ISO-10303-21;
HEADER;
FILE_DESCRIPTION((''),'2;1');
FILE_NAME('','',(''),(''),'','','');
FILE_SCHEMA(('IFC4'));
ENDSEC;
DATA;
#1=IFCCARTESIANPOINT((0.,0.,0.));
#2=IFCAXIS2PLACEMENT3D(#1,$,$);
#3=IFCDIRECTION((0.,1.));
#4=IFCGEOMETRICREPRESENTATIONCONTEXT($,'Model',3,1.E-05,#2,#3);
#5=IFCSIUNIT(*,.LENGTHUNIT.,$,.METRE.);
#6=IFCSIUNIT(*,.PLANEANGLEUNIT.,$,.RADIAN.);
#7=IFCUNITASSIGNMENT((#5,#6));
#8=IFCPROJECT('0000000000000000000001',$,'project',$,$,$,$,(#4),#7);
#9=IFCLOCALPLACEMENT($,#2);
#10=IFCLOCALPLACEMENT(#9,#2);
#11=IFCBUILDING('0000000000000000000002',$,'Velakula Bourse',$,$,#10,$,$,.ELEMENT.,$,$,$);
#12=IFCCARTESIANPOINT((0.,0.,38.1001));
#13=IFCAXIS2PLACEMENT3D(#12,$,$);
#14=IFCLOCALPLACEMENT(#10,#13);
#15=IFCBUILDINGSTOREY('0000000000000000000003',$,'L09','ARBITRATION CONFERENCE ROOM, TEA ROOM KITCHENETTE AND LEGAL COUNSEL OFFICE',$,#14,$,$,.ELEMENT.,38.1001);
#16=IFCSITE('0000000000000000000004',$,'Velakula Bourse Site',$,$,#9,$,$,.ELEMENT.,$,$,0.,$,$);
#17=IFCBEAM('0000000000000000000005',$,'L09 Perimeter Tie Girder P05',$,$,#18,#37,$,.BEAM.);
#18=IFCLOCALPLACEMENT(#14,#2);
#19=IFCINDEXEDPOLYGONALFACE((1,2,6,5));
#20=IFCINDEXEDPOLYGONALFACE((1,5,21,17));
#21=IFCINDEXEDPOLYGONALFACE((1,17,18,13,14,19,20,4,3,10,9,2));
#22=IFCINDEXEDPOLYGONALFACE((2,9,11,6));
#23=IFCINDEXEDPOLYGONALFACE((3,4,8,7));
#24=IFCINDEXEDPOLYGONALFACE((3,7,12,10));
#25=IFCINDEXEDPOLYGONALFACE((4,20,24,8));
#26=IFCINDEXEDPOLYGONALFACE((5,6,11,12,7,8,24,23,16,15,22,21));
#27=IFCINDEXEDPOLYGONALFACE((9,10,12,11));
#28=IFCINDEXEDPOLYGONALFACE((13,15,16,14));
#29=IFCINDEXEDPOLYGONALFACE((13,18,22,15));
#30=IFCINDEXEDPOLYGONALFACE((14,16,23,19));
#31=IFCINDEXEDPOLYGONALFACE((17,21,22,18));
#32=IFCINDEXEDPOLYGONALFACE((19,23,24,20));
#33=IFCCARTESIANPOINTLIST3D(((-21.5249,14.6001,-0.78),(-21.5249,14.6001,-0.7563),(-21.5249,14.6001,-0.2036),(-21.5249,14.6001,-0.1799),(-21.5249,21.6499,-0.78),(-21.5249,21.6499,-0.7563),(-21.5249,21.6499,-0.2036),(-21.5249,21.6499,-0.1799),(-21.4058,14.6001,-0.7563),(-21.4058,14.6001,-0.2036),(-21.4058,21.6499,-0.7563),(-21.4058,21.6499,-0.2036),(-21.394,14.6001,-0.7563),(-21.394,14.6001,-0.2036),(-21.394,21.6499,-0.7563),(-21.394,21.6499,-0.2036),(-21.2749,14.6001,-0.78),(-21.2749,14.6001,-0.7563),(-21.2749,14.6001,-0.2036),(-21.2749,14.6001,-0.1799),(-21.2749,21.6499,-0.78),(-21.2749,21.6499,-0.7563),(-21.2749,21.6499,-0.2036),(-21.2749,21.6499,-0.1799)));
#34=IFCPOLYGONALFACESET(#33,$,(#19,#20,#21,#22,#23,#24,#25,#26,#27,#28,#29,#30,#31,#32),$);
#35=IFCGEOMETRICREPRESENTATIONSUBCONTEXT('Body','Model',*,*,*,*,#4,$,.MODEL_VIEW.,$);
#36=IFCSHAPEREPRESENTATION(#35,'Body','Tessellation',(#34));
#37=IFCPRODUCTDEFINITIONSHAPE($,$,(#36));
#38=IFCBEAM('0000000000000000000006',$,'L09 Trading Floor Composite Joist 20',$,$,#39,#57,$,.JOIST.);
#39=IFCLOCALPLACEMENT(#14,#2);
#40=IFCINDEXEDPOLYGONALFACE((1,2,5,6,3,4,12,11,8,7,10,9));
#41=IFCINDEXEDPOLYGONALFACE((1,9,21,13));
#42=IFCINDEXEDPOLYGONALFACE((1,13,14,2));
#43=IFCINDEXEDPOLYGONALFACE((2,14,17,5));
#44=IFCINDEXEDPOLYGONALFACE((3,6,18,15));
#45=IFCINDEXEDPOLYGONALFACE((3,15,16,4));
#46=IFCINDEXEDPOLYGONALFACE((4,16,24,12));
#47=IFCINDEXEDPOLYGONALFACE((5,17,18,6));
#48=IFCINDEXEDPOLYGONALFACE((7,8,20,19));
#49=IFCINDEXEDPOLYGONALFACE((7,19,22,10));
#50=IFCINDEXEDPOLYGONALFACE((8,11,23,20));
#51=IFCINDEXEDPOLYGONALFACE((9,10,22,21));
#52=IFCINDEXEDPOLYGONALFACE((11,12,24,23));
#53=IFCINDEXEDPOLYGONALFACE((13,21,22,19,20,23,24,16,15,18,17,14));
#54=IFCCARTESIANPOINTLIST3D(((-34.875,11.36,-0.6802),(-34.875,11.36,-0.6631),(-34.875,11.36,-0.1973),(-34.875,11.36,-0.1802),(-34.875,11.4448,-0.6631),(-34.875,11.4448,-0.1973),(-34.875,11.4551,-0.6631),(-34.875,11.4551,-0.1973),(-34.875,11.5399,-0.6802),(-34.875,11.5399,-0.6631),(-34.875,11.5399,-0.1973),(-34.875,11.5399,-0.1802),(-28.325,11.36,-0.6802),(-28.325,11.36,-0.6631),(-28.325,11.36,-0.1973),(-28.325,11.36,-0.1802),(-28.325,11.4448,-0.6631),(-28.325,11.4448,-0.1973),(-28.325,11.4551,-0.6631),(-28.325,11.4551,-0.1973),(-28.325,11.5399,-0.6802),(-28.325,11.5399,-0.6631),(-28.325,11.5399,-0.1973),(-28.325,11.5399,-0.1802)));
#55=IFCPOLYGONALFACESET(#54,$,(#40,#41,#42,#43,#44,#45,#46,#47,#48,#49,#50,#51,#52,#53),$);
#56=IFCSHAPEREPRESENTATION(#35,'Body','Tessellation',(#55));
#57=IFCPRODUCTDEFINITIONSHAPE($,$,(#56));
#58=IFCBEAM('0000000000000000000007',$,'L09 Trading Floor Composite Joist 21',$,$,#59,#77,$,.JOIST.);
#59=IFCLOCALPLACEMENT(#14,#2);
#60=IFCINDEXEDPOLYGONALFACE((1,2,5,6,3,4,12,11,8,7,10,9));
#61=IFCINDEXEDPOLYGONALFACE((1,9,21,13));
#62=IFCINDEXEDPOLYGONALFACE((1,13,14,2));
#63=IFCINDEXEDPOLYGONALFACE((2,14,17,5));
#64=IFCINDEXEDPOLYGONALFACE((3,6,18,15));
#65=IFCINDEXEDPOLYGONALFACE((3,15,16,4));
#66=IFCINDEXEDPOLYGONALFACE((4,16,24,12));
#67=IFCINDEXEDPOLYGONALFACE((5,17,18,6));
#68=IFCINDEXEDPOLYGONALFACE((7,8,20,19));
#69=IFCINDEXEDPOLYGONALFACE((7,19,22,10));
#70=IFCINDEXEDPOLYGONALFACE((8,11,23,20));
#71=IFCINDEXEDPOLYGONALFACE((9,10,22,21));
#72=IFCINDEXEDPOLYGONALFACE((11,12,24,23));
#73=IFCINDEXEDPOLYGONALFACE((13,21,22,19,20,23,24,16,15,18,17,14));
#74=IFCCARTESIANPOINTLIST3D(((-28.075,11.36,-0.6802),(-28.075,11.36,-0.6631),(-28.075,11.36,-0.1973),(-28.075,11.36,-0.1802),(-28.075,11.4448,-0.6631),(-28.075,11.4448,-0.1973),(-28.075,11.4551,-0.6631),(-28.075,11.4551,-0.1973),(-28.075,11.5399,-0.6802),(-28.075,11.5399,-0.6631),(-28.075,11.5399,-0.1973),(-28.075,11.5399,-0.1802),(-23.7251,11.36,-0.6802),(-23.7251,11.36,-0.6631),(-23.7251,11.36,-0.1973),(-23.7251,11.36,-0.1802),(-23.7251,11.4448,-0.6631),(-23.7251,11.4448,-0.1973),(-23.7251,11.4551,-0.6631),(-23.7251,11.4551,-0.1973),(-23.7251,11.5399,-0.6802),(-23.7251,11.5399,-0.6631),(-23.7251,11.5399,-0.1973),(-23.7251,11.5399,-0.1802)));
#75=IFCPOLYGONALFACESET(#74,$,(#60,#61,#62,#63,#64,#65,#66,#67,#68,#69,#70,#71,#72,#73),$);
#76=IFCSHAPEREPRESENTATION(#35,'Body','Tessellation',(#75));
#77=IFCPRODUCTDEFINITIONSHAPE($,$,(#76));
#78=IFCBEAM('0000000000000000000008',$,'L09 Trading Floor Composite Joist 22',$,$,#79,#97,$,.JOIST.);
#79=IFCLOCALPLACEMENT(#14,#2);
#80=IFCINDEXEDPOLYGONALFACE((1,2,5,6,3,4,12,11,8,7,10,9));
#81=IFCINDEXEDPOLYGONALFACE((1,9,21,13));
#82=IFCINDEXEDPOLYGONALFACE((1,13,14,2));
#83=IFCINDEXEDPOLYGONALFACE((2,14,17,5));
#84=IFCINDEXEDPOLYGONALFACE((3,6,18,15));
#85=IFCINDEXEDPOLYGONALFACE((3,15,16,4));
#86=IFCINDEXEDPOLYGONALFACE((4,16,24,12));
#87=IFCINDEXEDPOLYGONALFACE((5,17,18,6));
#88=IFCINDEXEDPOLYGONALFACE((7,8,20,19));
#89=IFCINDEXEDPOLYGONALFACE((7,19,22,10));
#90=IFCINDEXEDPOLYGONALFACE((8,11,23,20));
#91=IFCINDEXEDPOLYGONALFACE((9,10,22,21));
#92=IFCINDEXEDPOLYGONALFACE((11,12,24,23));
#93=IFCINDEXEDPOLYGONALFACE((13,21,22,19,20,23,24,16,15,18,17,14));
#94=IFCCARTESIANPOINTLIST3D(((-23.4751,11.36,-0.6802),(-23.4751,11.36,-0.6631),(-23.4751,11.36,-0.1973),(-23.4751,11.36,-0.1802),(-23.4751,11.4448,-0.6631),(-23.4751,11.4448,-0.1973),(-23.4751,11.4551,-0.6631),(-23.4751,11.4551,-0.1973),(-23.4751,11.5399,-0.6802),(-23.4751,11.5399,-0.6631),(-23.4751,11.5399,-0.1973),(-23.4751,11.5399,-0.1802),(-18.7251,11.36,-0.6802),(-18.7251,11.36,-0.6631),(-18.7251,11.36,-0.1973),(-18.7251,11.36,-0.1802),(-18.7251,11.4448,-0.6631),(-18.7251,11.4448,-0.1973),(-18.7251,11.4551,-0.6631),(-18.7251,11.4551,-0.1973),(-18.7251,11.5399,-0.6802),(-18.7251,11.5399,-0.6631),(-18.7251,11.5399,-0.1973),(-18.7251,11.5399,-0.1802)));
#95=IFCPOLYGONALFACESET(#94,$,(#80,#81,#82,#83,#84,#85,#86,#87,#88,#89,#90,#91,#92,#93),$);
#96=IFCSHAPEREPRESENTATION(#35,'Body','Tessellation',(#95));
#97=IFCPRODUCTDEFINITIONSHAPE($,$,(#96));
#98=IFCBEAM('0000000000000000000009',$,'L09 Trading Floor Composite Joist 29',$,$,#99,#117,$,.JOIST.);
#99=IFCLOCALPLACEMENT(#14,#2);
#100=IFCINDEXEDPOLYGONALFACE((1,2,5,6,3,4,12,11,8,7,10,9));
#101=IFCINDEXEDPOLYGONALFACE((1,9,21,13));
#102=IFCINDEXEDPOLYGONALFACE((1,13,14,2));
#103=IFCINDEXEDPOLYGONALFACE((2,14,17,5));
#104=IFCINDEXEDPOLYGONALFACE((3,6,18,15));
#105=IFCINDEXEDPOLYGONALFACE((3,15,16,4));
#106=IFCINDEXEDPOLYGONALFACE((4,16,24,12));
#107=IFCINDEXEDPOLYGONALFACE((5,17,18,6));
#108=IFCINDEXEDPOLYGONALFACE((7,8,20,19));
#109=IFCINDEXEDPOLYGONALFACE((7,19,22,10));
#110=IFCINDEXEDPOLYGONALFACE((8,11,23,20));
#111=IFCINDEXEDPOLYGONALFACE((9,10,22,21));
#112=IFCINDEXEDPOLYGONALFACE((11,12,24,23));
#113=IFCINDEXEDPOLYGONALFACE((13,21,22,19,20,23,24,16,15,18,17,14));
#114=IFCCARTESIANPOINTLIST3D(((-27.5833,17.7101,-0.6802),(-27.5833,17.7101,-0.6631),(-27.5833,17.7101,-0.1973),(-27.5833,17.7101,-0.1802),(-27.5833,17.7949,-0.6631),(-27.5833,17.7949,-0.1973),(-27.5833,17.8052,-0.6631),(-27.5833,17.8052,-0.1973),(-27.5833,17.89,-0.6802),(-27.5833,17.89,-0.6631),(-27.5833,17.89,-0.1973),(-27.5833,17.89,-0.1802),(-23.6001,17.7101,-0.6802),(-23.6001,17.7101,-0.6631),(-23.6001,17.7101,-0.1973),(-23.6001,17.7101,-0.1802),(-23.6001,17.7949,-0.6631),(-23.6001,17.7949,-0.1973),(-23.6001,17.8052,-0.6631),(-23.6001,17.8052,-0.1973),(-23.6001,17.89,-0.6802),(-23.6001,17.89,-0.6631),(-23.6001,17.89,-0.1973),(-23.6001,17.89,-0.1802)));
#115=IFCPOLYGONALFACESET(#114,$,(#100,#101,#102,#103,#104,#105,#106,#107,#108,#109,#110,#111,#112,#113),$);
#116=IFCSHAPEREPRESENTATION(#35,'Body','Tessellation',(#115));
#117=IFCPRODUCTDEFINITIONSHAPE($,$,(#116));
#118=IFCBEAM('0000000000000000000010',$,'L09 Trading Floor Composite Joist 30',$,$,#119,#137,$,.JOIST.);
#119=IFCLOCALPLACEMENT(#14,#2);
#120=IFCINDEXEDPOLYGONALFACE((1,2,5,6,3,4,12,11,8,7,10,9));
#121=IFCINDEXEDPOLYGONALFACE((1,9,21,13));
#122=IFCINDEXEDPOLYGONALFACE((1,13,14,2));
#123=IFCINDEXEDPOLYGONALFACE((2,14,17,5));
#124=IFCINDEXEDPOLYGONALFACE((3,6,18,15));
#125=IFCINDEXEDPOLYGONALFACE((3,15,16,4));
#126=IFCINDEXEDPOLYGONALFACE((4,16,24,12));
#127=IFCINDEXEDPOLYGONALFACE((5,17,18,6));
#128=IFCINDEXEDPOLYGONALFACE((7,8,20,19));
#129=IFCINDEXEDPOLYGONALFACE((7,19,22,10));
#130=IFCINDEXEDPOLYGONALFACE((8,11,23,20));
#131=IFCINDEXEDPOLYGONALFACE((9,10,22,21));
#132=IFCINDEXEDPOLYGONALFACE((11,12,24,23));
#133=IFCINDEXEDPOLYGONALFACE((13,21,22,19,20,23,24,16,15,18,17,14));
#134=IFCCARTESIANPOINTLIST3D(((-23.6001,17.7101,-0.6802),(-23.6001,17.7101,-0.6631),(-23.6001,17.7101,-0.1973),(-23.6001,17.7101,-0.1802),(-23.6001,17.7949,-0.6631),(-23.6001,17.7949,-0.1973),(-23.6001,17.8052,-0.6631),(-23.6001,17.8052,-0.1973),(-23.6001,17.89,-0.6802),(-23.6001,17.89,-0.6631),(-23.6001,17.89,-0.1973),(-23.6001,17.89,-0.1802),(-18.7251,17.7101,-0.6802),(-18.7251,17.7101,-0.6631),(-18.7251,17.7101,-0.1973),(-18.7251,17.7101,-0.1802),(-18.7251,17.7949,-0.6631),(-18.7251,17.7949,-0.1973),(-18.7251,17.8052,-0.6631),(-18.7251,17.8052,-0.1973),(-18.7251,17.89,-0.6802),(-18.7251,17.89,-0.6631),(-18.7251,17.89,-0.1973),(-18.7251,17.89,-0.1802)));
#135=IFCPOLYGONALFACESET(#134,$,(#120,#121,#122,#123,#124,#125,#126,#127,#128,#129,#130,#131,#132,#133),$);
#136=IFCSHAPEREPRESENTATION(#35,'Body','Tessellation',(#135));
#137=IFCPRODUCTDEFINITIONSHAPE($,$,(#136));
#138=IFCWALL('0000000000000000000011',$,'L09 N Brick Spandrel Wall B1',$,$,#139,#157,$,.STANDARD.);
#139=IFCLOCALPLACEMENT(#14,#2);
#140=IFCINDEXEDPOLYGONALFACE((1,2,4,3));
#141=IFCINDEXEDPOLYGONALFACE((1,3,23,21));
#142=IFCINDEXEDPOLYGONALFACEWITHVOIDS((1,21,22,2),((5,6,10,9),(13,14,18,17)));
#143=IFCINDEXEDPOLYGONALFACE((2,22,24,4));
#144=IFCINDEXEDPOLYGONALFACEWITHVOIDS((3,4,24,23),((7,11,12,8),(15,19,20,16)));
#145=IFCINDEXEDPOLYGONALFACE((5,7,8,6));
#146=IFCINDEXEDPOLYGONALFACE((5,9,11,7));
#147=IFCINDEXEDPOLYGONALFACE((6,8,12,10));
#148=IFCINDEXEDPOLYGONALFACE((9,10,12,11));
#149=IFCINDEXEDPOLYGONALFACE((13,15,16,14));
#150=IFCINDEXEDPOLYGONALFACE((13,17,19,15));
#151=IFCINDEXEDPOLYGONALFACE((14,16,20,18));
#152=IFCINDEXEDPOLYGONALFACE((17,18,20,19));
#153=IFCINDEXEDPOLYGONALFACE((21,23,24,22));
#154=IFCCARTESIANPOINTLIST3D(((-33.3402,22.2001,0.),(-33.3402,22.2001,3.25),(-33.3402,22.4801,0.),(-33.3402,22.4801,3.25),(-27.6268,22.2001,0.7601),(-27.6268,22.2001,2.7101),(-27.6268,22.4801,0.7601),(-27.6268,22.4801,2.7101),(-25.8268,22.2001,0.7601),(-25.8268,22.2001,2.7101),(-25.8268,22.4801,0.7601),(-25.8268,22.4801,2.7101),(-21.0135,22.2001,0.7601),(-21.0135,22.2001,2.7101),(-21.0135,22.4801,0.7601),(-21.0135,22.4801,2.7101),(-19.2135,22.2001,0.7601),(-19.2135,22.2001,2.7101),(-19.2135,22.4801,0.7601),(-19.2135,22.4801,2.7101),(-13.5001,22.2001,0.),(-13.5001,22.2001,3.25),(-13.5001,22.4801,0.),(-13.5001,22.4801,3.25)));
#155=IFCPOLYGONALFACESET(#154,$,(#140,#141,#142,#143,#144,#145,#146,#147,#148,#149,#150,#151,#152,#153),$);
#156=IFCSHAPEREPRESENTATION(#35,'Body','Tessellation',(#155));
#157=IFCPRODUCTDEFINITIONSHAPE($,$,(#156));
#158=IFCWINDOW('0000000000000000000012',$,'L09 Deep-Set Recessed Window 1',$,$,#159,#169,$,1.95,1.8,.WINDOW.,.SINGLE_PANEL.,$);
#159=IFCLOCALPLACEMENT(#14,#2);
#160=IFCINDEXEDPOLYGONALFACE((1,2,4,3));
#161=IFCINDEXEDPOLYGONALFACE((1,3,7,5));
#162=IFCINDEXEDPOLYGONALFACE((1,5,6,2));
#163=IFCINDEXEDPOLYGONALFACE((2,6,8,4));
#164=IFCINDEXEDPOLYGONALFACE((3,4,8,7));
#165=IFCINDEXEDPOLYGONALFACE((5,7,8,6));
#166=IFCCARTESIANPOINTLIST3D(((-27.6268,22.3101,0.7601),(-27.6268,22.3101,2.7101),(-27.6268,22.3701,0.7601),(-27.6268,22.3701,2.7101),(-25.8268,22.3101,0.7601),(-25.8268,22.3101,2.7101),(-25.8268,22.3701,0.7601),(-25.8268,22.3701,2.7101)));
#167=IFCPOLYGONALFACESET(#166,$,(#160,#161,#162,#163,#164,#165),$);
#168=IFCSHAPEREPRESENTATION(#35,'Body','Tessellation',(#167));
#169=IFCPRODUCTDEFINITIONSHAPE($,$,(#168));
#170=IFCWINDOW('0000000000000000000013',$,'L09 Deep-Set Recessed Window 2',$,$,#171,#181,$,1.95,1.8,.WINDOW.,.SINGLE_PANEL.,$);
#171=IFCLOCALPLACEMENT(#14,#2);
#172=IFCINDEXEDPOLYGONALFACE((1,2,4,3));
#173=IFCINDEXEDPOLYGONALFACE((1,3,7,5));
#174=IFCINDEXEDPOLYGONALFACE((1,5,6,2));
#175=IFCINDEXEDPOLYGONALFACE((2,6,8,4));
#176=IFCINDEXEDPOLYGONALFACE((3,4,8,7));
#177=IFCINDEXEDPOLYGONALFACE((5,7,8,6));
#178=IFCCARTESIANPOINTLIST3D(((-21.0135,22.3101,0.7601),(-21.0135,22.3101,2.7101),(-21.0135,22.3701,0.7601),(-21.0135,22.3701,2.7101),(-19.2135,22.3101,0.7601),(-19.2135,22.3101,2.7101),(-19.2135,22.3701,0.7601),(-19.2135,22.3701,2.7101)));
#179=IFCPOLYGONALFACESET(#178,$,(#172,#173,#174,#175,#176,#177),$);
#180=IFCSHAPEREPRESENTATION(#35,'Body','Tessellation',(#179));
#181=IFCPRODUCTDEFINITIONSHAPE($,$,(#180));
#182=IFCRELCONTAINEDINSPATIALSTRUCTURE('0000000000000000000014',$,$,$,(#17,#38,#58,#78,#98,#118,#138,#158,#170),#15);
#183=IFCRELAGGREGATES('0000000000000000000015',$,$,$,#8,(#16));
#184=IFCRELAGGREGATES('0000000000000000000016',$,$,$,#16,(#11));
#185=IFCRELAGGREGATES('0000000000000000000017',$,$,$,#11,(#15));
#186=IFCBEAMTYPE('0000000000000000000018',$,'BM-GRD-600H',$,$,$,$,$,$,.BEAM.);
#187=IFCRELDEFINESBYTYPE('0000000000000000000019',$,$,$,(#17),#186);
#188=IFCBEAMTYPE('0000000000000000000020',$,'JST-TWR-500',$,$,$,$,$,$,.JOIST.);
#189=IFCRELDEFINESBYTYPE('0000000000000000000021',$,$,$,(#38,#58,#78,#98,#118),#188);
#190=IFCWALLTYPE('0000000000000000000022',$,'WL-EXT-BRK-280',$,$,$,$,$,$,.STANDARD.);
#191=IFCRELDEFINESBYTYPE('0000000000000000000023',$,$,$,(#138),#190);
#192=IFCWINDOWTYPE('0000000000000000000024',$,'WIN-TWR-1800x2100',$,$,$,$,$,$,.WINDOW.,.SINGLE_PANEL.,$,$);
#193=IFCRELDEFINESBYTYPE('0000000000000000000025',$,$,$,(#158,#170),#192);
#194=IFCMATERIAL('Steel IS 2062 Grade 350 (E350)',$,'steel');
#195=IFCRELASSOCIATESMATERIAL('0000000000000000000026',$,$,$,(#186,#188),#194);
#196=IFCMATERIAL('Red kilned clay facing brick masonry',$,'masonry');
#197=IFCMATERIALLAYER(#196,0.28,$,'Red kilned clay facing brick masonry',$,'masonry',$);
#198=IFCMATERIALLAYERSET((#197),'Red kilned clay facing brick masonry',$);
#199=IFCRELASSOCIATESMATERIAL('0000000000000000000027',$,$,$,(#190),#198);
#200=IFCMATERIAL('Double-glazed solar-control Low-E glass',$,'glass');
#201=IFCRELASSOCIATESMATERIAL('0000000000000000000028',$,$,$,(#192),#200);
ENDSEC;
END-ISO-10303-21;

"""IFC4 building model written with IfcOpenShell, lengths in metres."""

from ifc_helpers import new_model, si_unit, direction, frame, frame_2d, origin, origin_2d, place, context, subcontext, project, spatial, rectangle, i_section, extrude, material, layer, layer_set, material_profile, profile_set, type_object, element, fill, save


model = new_model("IFC4")

# Units and contexts
model_context = context("Model", 3, precision=1e-05, world=origin(), true_north=direction((0.0, 1.0)))
body_context = subcontext(model_context, "Body", "Model", "MODEL_VIEW")
ifc_project = project(units=[si_unit("LENGTHUNIT", "METRE"), si_unit("PLANEANGLEUNIT", "RADIAN")], contexts=[model_context])

# Site, building, storey
site_placement = place(None, origin())
site = spatial("IfcSite", under=ifc_project, at=site_placement, Name="Velakula Bourse Site", CompositionType="ELEMENT", RefElevation=0.0)
building_placement = place(site_placement, origin())
building = spatial("IfcBuilding", under=site, at=building_placement, Name="Velakula Bourse", CompositionType="ELEMENT")
storey_placement = place(building_placement, frame((0.0, 0.0, 38.1001)))
storey = spatial("IfcBuildingStorey", under=building, at=storey_placement, Name="L09", Description="ARBITRATION CONFERENCE ROOM, TEA ROOM KITCHENETTE AND LEGAL COUNSEL OFFICE", CompositionType="ELEMENT", Elevation=38.1001)

# Beams
ifc_material_1 = material(Name="Steel IS 2062 Grade 350 (E350)", Category="steel")
ifc_material_profile_1 = material_profile(ifc_material_1, i_section(OverallWidth=0.25, OverallDepth=0.6001, WebThickness=0.0117, FlangeThickness=0.0237, at=origin_2d()), Name="Steel IS 2062 Grade 350 (E350)")
ifc_profile_set_1 = profile_set([ifc_material_profile_1], Name="Steel IS 2062 Grade 350 (E350)")
beam_type_1 = type_object("IfcBeamType", Name="BM-GRD-600H", PredefinedType="BEAM", material=ifc_profile_set_1)
beam_1_placement = place(storey_placement, frame((-21.3999, 14.6001, -0.48), z_axis=(0.0, 1.0, 0.0), x_axis=(-1.0, 0.0, 0.0)))
element("IfcBeam", 1, at=beam_1_placement, inside=storey, type_object=beam_type_1, Name="L09 Perimeter Tie Girder P05", PredefinedType="BEAM", context=body_context, shape_type="SweptSolid", body=[
    extrude(i_section(OverallWidth=0.25, OverallDepth=0.6001, WebThickness=0.0117, FlangeThickness=0.0237, at=origin_2d()), origin(), (0.0, 0.0, 1.0), 7.0498),
])
ifc_material_profile_2 = material_profile(ifc_material_1, i_section(OverallWidth=0.1799, OverallDepth=0.5, WebThickness=0.0103, FlangeThickness=0.0171, at=origin_2d()), Name="Steel IS 2062 Grade 350 (E350)")
ifc_profile_set_2 = profile_set([ifc_material_profile_2], Name="Steel IS 2062 Grade 350 (E350)")
beam_type_2 = type_object("IfcBeamType", Name="JST-TWR-500", PredefinedType="JOIST", material=ifc_profile_set_2)
beam_2_placement = place(storey_placement, frame((-34.875, 11.45, -0.4302), z_axis=(1.0, 0.0, 0.0), x_axis=(0.0, 1.0, 0.0)))
element("IfcBeam", 2, at=beam_2_placement, inside=storey, type_object=beam_type_2, Name="L09 Trading Floor Composite Joist 20", PredefinedType="JOIST", context=body_context, shape_type="SweptSolid", body=[
    extrude(i_section(OverallWidth=0.1799, OverallDepth=0.5, WebThickness=0.0103, FlangeThickness=0.0171, at=origin_2d()), origin(), (0.0, 0.0, 1.0), 6.55),
])
beam_3_placement = place(storey_placement, frame((-28.075, 11.45, -0.4302), z_axis=(1.0, 0.0, 0.0), x_axis=(0.0, 1.0, 0.0)))
element("IfcBeam", 3, at=beam_3_placement, inside=storey, type_object=beam_type_2, Name="L09 Trading Floor Composite Joist 21", PredefinedType="JOIST", context=body_context, shape_type="SweptSolid", body=[
    extrude(i_section(OverallWidth=0.1799, OverallDepth=0.5, WebThickness=0.0103, FlangeThickness=0.0171, at=origin_2d()), origin(), (0.0, 0.0, 1.0), 4.3499),
])
beam_4_placement = place(storey_placement, frame((-23.4751, 11.45, -0.4302), z_axis=(1.0, 0.0, 0.0), x_axis=(0.0, 1.0, 0.0)))
element("IfcBeam", 4, at=beam_4_placement, inside=storey, type_object=beam_type_2, Name="L09 Trading Floor Composite Joist 22", PredefinedType="JOIST", context=body_context, shape_type="SweptSolid", body=[
    extrude(i_section(OverallWidth=0.1799, OverallDepth=0.5, WebThickness=0.0103, FlangeThickness=0.0171, at=origin_2d()), origin(), (0.0, 0.0, 1.0), 4.75),
])
beam_5_placement = place(storey_placement, frame((-27.5833, 17.8, -0.4302), z_axis=(1.0, 0.0, 0.0), x_axis=(0.0, 1.0, 0.0)))
element("IfcBeam", 5, at=beam_5_placement, inside=storey, type_object=beam_type_2, Name="L09 Trading Floor Composite Joist 29", PredefinedType="JOIST", context=body_context, shape_type="SweptSolid", body=[
    extrude(i_section(OverallWidth=0.1799, OverallDepth=0.5, WebThickness=0.0103, FlangeThickness=0.0171, at=origin_2d()), origin(), (0.0, 0.0, 1.0), 3.9832),
])
beam_6_placement = place(storey_placement, frame((-23.6001, 17.8, -0.4302), z_axis=(1.0, 0.0, 0.0), x_axis=(0.0, 1.0, 0.0)))
element("IfcBeam", 6, at=beam_6_placement, inside=storey, type_object=beam_type_2, Name="L09 Trading Floor Composite Joist 30", PredefinedType="JOIST", context=body_context, shape_type="SweptSolid", body=[
    extrude(i_section(OverallWidth=0.1799, OverallDepth=0.5, WebThickness=0.0103, FlangeThickness=0.0171, at=origin_2d()), origin(), (0.0, 0.0, 1.0), 4.875),
])

# Wall, openings, windows
ifc_material_2 = material(Name="Red kilned clay facing brick masonry", Category="masonry")
ifc_layer_1 = layer(ifc_material_2, 0.28, Name="Red kilned clay facing brick masonry", Category="masonry")
ifc_layer_set_1 = layer_set([ifc_layer_1], Name="Red kilned clay facing brick masonry")
wall_type_1 = type_object("IfcWallType", Name="WL-EXT-BRK-280", PredefinedType="STANDARD", material=ifc_layer_set_1)
wall_1_placement = place(storey_placement, frame((-33.3401, 22.3401, 0.0), z_axis=(0.0, 0.0, 1.0), x_axis=(1.0, 0.0, 0.0)))
wall_1 = element("IfcWall", 7, at=wall_1_placement, inside=storey, type_object=wall_type_1, Name="L09 N Brick Spandrel Wall B1", PredefinedType="STANDARD", context=body_context, shape_type="SweptSolid", body=[
    extrude(rectangle(XDim=19.8401, YDim=0.28, at=frame_2d((9.9199, 0.0))), origin(), (0.0, 0.0, 1.0), 3.25),
])
opening_1_placement = place(wall_1_placement, frame((5.7134, 0.0, 0.76)))
opening_1 = element("IfcOpeningElement", 8, at=opening_1_placement, cuts=wall_1, PredefinedType="OPENING", context=body_context, shape_type="SweptSolid", body=[
    extrude(rectangle(XDim=1.8, YDim=1.95, at=frame_2d((0.8999, 0.9751))), frame((0.0, 0.1499, 0.0), z_axis=(0.0, -1.0, 0.0), x_axis=(1.0, 0.0, 0.0)), (0.0, 0.0, 1.0), 0.3),
])
opening_2_placement = place(wall_1_placement, frame((12.3267, 0.0, 0.76)))
opening_2 = element("IfcOpeningElement", 9, at=opening_2_placement, cuts=wall_1, PredefinedType="OPENING", context=body_context, shape_type="SweptSolid", body=[
    extrude(rectangle(XDim=1.8, YDim=1.95, at=frame_2d((0.8999, 0.9751))), frame((0.0, 0.1499, 0.0), z_axis=(0.0, -1.0, 0.0), x_axis=(1.0, 0.0, 0.0)), (0.0, 0.0, 1.0), 0.3),
])
ifc_material_3 = material(Name="Double-glazed solar-control Low-E glass", Category="glass")
window_type = type_object("IfcWindowType", Name="WIN-TWR-1800x2100", PartitioningType="SINGLE_PANEL", PredefinedType="WINDOW", material=ifc_material_3)
window_1_placement = place(opening_1_placement, origin())
window_1 = element("IfcWindow", 10, at=window_1_placement, inside=storey, type_object=window_type, Name="L09 Deep-Set Recessed Window 1", OverallHeight=1.95, OverallWidth=1.8, PartitioningType="SINGLE_PANEL", PredefinedType="WINDOW", context=body_context, shape_type="SweptSolid", body=[
    extrude(rectangle(XDim=1.8, YDim=1.95, at=frame_2d((0.8999, 0.9751))), frame((0.0, 0.03, 0.0), z_axis=(0.0, -1.0, 0.0), x_axis=(1.0, 0.0, 0.0)), (0.0, 0.0, 1.0), 0.0601),
])
fill(opening_1, window_1)
window_2_placement = place(opening_2_placement, origin())
window_2 = element("IfcWindow", 11, at=window_2_placement, inside=storey, type_object=window_type, Name="L09 Deep-Set Recessed Window 2", OverallHeight=1.95, OverallWidth=1.8, PartitioningType="SINGLE_PANEL", PredefinedType="WINDOW", context=body_context, shape_type="SweptSolid", body=[
    extrude(rectangle(XDim=1.8, YDim=1.95, at=frame_2d((0.8999, 0.9751))), frame((0.0, 0.03, 0.0), z_axis=(0.0, -1.0, 0.0), x_axis=(1.0, 0.0, 0.0)), (0.0, 0.0, 1.0), 0.0601),
])
fill(opening_2, window_2)

save(model, "model.ifc")
